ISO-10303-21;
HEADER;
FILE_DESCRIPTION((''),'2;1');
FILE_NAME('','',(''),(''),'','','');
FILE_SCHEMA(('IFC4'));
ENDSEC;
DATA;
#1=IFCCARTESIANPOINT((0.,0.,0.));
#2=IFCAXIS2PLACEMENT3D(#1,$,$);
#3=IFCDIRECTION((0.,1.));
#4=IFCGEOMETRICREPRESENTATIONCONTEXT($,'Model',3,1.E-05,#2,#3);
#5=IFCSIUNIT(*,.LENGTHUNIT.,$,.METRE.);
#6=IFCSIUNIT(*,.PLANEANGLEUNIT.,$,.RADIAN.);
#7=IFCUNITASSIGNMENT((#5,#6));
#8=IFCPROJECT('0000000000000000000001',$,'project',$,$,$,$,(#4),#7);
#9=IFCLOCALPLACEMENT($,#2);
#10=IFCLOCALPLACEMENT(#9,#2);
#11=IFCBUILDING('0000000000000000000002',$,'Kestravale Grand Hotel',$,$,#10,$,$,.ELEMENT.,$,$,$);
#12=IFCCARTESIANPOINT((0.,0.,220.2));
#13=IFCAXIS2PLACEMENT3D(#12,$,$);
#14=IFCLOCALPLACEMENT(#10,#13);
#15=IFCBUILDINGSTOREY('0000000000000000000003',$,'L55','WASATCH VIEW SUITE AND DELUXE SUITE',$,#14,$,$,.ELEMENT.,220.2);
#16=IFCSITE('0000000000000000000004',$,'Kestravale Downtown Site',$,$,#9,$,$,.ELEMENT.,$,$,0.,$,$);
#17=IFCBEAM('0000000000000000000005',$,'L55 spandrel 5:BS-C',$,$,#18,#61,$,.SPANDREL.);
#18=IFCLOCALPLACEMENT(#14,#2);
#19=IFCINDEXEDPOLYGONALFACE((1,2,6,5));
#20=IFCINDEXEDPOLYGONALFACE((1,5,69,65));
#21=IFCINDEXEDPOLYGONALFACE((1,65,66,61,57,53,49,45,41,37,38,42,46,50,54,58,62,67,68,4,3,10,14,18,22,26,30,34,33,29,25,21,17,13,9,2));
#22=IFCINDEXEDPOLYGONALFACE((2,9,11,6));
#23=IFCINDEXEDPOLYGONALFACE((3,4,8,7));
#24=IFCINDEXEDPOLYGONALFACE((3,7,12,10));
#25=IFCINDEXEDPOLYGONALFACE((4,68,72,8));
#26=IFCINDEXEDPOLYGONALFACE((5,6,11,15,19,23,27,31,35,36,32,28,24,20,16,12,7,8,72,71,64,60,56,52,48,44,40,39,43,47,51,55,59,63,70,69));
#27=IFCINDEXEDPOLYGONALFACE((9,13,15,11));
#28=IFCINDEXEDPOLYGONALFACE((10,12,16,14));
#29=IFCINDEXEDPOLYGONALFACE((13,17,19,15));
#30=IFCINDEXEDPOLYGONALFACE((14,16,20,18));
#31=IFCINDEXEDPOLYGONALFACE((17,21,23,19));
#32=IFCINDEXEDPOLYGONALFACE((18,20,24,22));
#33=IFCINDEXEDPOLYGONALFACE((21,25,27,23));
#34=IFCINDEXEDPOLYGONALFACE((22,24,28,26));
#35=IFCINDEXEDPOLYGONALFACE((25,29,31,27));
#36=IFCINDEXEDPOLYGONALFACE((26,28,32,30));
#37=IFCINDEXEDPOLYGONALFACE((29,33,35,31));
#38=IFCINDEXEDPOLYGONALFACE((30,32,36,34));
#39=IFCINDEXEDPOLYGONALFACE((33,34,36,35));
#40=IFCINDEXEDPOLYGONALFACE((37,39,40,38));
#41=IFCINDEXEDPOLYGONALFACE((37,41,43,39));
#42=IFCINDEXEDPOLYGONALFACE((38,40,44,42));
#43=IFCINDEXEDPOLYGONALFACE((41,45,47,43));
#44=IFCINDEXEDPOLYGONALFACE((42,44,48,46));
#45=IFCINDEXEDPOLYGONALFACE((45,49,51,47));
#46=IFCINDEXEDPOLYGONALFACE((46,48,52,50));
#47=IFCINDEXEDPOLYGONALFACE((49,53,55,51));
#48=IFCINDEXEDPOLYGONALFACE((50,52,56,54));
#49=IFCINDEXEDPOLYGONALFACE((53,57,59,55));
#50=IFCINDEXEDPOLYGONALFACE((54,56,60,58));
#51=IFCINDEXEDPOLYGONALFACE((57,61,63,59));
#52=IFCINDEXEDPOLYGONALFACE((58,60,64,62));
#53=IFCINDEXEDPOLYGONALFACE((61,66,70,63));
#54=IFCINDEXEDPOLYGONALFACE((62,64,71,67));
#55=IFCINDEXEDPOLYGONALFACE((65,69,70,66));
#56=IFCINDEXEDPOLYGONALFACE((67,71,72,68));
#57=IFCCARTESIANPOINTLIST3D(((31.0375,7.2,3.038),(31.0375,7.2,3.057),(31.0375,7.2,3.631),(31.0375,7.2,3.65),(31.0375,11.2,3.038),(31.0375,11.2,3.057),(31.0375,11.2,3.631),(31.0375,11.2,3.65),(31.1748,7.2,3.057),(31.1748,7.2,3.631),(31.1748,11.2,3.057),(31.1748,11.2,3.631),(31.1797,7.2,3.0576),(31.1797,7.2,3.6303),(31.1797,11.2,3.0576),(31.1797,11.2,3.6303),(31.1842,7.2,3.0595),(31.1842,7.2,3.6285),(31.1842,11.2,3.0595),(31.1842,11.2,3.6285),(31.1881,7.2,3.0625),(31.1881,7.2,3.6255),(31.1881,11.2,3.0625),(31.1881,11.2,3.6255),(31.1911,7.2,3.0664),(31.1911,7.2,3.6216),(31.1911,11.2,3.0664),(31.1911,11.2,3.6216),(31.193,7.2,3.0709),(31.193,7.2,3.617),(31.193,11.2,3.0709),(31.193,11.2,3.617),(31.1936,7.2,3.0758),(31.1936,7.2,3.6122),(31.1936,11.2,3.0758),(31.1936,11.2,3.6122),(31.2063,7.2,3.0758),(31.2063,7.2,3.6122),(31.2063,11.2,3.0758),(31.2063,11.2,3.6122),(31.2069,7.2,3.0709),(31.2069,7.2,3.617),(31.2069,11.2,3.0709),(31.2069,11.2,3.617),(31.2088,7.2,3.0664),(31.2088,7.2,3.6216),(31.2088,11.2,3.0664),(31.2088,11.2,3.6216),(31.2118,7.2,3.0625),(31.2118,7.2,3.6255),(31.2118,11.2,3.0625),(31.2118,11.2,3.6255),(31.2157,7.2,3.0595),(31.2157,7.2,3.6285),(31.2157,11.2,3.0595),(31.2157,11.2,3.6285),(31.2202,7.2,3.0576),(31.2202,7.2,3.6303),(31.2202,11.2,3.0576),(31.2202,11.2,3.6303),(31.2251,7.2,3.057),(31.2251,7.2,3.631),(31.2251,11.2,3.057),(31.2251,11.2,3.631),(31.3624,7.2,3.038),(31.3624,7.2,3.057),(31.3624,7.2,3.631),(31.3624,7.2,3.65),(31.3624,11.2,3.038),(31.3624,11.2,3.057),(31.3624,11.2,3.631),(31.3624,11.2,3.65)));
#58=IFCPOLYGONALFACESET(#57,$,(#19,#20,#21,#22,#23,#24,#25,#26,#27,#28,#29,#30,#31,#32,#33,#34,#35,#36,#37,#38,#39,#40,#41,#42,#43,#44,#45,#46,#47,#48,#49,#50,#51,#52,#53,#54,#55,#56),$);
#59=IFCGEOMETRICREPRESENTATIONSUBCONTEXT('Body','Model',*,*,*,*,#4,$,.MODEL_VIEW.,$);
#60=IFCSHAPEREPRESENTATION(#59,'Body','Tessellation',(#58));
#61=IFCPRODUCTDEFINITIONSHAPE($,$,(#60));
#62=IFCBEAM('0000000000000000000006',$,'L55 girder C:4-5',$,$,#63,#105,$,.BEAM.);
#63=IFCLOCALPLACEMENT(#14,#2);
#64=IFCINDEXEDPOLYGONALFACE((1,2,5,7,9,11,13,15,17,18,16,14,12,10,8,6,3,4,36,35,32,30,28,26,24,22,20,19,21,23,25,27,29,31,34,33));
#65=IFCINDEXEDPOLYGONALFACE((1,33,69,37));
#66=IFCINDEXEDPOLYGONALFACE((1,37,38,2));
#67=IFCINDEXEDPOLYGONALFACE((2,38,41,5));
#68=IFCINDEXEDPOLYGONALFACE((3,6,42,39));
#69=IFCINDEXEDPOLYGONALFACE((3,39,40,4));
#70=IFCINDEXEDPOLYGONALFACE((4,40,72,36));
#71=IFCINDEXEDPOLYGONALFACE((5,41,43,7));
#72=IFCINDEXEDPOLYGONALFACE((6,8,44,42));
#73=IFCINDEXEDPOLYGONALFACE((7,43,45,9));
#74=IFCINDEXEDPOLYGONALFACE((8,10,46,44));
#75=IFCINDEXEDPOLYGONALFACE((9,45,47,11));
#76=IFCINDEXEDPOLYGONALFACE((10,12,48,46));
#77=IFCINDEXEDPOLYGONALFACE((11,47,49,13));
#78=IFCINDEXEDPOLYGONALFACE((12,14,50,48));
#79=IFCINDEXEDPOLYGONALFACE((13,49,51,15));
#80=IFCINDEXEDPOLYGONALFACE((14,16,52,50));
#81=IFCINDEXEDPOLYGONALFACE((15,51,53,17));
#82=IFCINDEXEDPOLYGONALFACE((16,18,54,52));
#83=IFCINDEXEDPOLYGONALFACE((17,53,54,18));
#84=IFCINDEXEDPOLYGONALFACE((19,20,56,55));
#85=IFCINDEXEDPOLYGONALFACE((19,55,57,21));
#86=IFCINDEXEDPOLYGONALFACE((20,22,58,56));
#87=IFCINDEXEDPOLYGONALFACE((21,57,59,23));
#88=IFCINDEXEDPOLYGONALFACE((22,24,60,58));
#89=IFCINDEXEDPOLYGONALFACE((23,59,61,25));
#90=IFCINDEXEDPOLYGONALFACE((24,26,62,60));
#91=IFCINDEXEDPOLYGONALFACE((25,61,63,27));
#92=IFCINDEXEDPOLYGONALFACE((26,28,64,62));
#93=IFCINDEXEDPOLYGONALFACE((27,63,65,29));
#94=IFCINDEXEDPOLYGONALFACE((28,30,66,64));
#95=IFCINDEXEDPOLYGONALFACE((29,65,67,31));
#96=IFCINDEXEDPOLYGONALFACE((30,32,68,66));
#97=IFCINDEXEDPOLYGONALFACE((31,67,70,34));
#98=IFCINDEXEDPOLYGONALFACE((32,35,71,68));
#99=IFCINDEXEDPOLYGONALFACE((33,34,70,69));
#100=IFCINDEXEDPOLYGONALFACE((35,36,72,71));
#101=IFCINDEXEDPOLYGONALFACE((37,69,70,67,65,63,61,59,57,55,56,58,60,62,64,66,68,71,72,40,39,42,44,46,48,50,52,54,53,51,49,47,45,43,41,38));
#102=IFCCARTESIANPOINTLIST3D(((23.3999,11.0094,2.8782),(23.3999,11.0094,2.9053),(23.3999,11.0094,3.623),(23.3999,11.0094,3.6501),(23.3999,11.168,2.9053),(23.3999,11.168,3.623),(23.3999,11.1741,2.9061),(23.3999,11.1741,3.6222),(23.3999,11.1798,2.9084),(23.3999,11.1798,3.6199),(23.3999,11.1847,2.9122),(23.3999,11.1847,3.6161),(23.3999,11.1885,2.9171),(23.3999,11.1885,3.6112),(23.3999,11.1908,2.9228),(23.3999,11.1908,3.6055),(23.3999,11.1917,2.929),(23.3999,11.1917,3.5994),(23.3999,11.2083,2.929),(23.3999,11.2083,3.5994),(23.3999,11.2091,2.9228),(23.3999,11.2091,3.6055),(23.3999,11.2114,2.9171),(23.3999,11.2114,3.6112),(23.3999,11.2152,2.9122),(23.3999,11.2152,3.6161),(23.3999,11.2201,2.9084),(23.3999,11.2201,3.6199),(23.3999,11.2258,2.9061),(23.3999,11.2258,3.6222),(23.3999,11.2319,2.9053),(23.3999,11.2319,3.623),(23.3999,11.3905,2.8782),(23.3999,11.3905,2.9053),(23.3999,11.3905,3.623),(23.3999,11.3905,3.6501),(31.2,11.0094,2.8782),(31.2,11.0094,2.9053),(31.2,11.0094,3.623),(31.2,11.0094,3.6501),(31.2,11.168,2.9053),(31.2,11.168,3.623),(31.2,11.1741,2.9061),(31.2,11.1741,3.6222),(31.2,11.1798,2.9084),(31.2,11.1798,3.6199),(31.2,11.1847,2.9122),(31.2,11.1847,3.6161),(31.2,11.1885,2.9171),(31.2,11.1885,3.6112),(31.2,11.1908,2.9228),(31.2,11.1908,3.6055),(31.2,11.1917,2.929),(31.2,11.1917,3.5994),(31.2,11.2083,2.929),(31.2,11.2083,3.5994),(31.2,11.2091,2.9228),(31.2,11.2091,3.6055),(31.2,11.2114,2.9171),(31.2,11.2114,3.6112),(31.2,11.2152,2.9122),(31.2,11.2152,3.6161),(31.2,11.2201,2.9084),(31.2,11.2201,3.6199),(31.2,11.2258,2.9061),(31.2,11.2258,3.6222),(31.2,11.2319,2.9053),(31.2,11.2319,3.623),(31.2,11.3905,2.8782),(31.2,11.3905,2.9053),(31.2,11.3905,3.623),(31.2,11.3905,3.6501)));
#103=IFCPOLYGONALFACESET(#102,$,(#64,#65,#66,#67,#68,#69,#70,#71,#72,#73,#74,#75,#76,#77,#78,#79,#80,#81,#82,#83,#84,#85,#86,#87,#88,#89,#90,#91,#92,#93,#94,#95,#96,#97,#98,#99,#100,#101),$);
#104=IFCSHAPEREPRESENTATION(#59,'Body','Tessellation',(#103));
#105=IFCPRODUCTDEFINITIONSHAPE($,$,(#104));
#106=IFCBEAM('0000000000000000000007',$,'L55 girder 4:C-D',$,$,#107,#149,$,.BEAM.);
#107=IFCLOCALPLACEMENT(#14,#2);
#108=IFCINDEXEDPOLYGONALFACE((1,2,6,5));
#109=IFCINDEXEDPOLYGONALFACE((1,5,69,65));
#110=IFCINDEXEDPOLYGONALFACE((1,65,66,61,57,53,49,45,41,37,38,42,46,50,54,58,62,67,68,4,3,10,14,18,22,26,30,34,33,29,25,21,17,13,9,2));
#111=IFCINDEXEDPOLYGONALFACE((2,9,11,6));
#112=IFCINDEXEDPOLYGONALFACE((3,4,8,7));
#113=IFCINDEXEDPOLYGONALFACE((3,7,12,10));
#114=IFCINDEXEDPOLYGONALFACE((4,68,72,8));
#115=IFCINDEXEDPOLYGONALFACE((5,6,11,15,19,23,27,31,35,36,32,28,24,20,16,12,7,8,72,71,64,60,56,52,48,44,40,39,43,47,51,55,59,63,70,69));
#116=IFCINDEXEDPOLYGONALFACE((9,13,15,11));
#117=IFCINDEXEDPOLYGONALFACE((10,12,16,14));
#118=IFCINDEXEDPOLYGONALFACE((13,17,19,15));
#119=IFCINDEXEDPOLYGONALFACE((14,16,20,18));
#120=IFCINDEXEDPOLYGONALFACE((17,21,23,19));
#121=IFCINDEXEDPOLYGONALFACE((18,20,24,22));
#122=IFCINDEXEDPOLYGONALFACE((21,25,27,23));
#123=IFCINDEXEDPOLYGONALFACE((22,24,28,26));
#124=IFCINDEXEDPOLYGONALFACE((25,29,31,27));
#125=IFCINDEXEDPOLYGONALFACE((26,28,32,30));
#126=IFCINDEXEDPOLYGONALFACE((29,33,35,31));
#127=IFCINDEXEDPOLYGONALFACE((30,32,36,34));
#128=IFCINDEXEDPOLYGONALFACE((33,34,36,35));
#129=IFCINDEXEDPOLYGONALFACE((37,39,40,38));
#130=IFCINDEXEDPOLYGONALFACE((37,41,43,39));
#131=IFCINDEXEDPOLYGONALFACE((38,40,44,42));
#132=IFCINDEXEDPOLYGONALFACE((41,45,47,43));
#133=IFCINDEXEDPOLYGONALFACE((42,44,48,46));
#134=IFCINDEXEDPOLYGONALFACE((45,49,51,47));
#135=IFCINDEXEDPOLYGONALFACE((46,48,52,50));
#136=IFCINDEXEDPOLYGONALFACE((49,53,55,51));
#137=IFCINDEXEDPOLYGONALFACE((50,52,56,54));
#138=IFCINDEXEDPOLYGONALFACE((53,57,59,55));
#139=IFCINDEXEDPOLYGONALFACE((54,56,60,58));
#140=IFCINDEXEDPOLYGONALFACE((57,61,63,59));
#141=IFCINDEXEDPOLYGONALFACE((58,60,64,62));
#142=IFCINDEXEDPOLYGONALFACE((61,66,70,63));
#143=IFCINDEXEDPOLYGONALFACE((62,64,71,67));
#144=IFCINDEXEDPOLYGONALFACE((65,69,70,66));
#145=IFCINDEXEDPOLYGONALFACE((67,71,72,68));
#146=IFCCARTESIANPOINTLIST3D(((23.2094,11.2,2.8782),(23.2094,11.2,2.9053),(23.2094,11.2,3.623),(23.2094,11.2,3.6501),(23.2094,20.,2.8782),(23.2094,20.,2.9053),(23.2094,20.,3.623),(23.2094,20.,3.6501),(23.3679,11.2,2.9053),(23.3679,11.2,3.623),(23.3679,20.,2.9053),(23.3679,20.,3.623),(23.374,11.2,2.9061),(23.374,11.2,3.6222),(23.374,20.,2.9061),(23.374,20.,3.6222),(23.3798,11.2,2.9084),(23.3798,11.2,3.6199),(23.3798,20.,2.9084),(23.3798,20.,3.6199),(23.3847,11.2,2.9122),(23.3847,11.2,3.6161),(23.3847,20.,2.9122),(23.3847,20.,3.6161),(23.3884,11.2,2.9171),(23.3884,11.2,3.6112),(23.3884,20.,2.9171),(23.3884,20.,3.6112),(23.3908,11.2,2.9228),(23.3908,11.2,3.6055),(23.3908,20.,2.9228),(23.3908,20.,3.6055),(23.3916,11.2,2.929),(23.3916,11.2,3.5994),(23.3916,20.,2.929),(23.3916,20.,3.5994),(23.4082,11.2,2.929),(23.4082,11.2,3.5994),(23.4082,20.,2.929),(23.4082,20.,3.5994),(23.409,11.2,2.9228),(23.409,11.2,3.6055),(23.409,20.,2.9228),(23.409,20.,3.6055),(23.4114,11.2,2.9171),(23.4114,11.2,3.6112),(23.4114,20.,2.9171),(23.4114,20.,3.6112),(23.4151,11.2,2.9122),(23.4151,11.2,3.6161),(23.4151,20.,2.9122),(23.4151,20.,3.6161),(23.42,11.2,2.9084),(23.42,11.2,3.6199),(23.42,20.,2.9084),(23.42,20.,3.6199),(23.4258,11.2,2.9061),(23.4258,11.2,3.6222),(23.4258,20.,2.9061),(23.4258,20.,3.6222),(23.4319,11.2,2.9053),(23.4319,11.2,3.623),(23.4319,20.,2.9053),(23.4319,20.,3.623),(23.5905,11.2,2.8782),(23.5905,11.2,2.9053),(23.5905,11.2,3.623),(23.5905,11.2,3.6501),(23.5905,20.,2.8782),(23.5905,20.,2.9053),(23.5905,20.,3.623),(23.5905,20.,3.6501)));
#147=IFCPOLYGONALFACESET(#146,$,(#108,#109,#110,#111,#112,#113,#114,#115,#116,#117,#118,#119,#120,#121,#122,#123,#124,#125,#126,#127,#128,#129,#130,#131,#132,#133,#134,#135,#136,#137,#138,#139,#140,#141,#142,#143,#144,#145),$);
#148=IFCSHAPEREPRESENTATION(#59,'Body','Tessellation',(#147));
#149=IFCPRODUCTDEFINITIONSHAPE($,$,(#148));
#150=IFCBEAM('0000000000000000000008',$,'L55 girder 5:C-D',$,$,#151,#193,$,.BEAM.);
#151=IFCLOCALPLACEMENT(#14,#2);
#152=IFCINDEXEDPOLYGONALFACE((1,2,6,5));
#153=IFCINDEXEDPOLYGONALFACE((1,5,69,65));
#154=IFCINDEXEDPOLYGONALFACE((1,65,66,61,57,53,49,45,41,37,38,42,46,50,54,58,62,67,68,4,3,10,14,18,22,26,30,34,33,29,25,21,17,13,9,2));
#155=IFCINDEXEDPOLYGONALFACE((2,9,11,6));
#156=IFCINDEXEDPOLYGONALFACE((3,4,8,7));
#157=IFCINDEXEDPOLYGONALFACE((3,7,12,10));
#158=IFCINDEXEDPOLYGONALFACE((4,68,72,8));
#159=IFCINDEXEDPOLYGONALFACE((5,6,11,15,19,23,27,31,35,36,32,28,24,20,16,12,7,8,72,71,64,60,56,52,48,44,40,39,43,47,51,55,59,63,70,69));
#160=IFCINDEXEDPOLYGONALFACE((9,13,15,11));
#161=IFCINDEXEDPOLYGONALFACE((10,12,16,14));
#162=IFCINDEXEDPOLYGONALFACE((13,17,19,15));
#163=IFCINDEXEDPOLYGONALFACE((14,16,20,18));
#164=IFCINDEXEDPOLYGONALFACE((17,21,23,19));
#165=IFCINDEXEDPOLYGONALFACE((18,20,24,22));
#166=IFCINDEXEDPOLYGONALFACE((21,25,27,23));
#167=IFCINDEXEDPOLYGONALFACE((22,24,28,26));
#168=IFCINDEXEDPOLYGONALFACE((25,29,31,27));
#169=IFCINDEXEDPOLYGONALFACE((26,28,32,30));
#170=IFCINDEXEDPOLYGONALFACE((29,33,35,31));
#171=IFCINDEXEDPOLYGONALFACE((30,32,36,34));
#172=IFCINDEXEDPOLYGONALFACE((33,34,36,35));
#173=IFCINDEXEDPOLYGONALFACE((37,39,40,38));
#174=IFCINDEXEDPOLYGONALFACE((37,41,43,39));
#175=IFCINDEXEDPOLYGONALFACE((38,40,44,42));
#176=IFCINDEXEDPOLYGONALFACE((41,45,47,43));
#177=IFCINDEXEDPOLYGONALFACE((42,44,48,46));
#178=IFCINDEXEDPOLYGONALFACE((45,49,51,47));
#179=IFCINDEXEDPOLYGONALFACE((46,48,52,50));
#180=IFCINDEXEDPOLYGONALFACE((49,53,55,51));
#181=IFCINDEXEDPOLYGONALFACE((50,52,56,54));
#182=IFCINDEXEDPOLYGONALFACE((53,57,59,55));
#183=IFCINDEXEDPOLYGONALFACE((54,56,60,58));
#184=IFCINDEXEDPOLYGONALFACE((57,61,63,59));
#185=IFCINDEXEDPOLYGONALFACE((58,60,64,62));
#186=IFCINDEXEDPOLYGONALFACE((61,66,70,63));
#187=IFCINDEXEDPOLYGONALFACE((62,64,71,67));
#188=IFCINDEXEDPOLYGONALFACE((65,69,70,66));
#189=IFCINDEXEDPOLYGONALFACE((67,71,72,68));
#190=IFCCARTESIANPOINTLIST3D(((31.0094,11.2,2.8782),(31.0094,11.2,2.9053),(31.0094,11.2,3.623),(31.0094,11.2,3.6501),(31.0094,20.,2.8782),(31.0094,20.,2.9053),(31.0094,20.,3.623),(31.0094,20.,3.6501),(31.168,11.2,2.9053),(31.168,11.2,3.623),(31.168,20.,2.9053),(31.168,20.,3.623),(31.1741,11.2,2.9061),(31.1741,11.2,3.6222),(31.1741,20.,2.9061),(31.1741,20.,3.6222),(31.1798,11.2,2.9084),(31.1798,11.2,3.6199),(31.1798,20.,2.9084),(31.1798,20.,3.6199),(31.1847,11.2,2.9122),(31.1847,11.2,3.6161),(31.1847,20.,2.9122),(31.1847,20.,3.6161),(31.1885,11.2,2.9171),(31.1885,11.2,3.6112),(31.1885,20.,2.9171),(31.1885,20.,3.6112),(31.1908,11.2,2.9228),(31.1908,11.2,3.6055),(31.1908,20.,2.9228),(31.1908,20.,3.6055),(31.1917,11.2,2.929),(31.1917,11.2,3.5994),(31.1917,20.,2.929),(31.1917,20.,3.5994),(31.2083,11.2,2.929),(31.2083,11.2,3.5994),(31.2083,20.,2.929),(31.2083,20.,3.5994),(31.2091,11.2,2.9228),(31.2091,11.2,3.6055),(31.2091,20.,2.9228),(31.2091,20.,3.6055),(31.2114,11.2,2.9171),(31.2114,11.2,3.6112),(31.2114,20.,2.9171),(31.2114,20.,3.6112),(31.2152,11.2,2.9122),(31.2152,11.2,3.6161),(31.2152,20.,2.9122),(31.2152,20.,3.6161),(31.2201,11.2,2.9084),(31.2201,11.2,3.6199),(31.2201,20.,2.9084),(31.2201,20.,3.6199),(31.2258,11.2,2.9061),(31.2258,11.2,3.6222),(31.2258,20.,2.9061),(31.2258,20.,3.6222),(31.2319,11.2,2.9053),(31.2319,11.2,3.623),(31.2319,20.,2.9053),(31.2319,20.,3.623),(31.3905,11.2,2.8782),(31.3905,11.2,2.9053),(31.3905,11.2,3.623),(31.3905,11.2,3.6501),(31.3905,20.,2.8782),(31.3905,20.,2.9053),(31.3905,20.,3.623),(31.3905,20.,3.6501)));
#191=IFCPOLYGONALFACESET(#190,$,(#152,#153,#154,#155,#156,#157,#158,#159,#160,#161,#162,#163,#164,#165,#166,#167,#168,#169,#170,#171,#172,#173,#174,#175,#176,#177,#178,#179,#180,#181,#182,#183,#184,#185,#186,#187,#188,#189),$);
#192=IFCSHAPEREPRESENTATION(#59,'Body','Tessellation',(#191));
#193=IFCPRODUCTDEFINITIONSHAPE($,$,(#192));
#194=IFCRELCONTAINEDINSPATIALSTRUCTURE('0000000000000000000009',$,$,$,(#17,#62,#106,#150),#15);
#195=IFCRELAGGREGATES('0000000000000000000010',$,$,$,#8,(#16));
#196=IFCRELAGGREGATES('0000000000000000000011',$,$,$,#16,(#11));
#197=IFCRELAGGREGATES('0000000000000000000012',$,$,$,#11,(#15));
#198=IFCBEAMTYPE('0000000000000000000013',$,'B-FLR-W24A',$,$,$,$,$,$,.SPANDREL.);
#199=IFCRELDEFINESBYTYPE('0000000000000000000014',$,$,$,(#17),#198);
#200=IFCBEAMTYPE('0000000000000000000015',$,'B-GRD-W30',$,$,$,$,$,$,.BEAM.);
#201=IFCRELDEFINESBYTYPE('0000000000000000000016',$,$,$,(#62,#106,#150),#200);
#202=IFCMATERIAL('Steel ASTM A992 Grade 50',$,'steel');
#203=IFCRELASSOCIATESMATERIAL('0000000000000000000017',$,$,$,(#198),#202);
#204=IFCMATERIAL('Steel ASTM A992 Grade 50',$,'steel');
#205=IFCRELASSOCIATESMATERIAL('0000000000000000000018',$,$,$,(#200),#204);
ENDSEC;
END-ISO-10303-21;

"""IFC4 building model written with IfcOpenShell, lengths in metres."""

from ifc_helpers import new_model, si_unit, direction, frame, origin, origin_2d, place, context, subcontext, project, spatial, i_section, extrude, material, material_profile, profile_set, type_object, element, save


model = new_model("IFC4")

# Units and contexts
model_context = context("Model", 3, precision=1e-05, world=origin(), true_north=direction((0.0, 1.0)))
body_context = subcontext(model_context, "Body", "Model", "MODEL_VIEW")
ifc_project = project(units=[si_unit("LENGTHUNIT", "METRE"), si_unit("PLANEANGLEUNIT", "RADIAN")], contexts=[model_context])

# Site, building, storey
site_placement = place(None, origin())
site = spatial("IfcSite", under=ifc_project, at=site_placement, Name="Kestravale Downtown Site", CompositionType="ELEMENT", RefElevation=0.0)
building_placement = place(site_placement, origin())
building = spatial("IfcBuilding", under=site, at=building_placement, Name="Kestravale Grand Hotel", CompositionType="ELEMENT")
storey_placement = place(building_placement, frame((0.0, 0.0, 220.2)))
storey = spatial("IfcBuildingStorey", under=building, at=storey_placement, Name="L55", Description="WASATCH VIEW SUITE AND DELUXE SUITE", CompositionType="ELEMENT", Elevation=220.2)

# Beams
ifc_material_1 = material(Name="Steel ASTM A992 Grade 50", Category="steel")
ifc_material_profile_1 = material_profile(ifc_material_1, i_section(OverallWidth=0.325, OverallDepth=0.6121, WebThickness=0.0127, FlangeThickness=0.019, FilletRadius=0.0188, at=origin_2d()))
ifc_profile_set_1 = profile_set([ifc_material_profile_1], Name="Steel ASTM A992 Grade 50")
beam_type_1 = type_object("IfcBeamType", Name="B-FLR-W24A", PredefinedType="SPANDREL", material=ifc_profile_set_1)
for number, where, z_axis, x_axis, name in (
    (1, (31.2, 7.2, 3.344), (0.0, 1.0, 0.0), (-1.0, 0.0, 0.0), "L55 spandrel 5:BS-C"),
):
    element("IfcBeam", number, at=place(storey_placement, frame(where, z_axis=z_axis, x_axis=x_axis)), inside=storey, type_object=beam_type_1, Name=name, PredefinedType="SPANDREL", context=body_context, shape_type="SweptSolid", body=[
        extrude(i_section(OverallWidth=0.325, OverallDepth=0.6121, WebThickness=0.0127, FlangeThickness=0.019, FilletRadius=0.0188, at=origin_2d()), origin(), (0.0, 0.0, 1.0), 4.0),
    ])
ifc_material_2 = material(Name="Steel ASTM A992 Grade 50", Category="steel")
ifc_material_profile_2 = material_profile(ifc_material_2, i_section(OverallWidth=0.3811, OverallDepth=0.772, WebThickness=0.0166, FlangeThickness=0.0271, FilletRadius=0.0237, at=origin_2d()))
ifc_profile_set_2 = profile_set([ifc_material_profile_2], Name="Steel ASTM A992 Grade 50")
beam_type_2 = type_object("IfcBeamType", Name="B-GRD-W30", PredefinedType="BEAM", material=ifc_profile_set_2)
beam_1_placement = place(storey_placement, frame((23.3999, 11.2, 3.2642), z_axis=(1.0, 0.0, 0.0), x_axis=(0.0, 1.0, 0.0)))
element("IfcBeam", 2, at=beam_1_placement, inside=storey, type_object=beam_type_2, Name="L55 girder C:4-5", PredefinedType="BEAM", context=body_context, shape_type="SweptSolid", body=[
    extrude(i_section(OverallWidth=0.3811, OverallDepth=0.772, WebThickness=0.0166, FlangeThickness=0.0271, FilletRadius=0.0237, at=origin_2d()), origin(), (0.0, 0.0, 1.0), 7.8),
])
for number, where, z_axis, x_axis, name in (
    (3, (23.3999, 11.2, 3.2642), (0.0, 1.0, 0.0), (-1.0, 0.0, 0.0), "L55 girder 4:C-D"),
    (4, (31.2, 11.2, 3.2642), (0.0, 1.0, 0.0), (-1.0, 0.0, 0.0), "L55 girder 5:C-D"),
):
    element("IfcBeam", number, at=place(storey_placement, frame(where, z_axis=z_axis, x_axis=x_axis)), inside=storey, type_object=beam_type_2, Name=name, PredefinedType="BEAM", context=body_context, shape_type="SweptSolid", body=[
        extrude(i_section(OverallWidth=0.3811, OverallDepth=0.772, WebThickness=0.0166, FlangeThickness=0.0271, FilletRadius=0.0237, at=origin_2d()), origin(), (0.0, 0.0, 1.0), 8.8),
    ])

save(model, "model.ifc")
